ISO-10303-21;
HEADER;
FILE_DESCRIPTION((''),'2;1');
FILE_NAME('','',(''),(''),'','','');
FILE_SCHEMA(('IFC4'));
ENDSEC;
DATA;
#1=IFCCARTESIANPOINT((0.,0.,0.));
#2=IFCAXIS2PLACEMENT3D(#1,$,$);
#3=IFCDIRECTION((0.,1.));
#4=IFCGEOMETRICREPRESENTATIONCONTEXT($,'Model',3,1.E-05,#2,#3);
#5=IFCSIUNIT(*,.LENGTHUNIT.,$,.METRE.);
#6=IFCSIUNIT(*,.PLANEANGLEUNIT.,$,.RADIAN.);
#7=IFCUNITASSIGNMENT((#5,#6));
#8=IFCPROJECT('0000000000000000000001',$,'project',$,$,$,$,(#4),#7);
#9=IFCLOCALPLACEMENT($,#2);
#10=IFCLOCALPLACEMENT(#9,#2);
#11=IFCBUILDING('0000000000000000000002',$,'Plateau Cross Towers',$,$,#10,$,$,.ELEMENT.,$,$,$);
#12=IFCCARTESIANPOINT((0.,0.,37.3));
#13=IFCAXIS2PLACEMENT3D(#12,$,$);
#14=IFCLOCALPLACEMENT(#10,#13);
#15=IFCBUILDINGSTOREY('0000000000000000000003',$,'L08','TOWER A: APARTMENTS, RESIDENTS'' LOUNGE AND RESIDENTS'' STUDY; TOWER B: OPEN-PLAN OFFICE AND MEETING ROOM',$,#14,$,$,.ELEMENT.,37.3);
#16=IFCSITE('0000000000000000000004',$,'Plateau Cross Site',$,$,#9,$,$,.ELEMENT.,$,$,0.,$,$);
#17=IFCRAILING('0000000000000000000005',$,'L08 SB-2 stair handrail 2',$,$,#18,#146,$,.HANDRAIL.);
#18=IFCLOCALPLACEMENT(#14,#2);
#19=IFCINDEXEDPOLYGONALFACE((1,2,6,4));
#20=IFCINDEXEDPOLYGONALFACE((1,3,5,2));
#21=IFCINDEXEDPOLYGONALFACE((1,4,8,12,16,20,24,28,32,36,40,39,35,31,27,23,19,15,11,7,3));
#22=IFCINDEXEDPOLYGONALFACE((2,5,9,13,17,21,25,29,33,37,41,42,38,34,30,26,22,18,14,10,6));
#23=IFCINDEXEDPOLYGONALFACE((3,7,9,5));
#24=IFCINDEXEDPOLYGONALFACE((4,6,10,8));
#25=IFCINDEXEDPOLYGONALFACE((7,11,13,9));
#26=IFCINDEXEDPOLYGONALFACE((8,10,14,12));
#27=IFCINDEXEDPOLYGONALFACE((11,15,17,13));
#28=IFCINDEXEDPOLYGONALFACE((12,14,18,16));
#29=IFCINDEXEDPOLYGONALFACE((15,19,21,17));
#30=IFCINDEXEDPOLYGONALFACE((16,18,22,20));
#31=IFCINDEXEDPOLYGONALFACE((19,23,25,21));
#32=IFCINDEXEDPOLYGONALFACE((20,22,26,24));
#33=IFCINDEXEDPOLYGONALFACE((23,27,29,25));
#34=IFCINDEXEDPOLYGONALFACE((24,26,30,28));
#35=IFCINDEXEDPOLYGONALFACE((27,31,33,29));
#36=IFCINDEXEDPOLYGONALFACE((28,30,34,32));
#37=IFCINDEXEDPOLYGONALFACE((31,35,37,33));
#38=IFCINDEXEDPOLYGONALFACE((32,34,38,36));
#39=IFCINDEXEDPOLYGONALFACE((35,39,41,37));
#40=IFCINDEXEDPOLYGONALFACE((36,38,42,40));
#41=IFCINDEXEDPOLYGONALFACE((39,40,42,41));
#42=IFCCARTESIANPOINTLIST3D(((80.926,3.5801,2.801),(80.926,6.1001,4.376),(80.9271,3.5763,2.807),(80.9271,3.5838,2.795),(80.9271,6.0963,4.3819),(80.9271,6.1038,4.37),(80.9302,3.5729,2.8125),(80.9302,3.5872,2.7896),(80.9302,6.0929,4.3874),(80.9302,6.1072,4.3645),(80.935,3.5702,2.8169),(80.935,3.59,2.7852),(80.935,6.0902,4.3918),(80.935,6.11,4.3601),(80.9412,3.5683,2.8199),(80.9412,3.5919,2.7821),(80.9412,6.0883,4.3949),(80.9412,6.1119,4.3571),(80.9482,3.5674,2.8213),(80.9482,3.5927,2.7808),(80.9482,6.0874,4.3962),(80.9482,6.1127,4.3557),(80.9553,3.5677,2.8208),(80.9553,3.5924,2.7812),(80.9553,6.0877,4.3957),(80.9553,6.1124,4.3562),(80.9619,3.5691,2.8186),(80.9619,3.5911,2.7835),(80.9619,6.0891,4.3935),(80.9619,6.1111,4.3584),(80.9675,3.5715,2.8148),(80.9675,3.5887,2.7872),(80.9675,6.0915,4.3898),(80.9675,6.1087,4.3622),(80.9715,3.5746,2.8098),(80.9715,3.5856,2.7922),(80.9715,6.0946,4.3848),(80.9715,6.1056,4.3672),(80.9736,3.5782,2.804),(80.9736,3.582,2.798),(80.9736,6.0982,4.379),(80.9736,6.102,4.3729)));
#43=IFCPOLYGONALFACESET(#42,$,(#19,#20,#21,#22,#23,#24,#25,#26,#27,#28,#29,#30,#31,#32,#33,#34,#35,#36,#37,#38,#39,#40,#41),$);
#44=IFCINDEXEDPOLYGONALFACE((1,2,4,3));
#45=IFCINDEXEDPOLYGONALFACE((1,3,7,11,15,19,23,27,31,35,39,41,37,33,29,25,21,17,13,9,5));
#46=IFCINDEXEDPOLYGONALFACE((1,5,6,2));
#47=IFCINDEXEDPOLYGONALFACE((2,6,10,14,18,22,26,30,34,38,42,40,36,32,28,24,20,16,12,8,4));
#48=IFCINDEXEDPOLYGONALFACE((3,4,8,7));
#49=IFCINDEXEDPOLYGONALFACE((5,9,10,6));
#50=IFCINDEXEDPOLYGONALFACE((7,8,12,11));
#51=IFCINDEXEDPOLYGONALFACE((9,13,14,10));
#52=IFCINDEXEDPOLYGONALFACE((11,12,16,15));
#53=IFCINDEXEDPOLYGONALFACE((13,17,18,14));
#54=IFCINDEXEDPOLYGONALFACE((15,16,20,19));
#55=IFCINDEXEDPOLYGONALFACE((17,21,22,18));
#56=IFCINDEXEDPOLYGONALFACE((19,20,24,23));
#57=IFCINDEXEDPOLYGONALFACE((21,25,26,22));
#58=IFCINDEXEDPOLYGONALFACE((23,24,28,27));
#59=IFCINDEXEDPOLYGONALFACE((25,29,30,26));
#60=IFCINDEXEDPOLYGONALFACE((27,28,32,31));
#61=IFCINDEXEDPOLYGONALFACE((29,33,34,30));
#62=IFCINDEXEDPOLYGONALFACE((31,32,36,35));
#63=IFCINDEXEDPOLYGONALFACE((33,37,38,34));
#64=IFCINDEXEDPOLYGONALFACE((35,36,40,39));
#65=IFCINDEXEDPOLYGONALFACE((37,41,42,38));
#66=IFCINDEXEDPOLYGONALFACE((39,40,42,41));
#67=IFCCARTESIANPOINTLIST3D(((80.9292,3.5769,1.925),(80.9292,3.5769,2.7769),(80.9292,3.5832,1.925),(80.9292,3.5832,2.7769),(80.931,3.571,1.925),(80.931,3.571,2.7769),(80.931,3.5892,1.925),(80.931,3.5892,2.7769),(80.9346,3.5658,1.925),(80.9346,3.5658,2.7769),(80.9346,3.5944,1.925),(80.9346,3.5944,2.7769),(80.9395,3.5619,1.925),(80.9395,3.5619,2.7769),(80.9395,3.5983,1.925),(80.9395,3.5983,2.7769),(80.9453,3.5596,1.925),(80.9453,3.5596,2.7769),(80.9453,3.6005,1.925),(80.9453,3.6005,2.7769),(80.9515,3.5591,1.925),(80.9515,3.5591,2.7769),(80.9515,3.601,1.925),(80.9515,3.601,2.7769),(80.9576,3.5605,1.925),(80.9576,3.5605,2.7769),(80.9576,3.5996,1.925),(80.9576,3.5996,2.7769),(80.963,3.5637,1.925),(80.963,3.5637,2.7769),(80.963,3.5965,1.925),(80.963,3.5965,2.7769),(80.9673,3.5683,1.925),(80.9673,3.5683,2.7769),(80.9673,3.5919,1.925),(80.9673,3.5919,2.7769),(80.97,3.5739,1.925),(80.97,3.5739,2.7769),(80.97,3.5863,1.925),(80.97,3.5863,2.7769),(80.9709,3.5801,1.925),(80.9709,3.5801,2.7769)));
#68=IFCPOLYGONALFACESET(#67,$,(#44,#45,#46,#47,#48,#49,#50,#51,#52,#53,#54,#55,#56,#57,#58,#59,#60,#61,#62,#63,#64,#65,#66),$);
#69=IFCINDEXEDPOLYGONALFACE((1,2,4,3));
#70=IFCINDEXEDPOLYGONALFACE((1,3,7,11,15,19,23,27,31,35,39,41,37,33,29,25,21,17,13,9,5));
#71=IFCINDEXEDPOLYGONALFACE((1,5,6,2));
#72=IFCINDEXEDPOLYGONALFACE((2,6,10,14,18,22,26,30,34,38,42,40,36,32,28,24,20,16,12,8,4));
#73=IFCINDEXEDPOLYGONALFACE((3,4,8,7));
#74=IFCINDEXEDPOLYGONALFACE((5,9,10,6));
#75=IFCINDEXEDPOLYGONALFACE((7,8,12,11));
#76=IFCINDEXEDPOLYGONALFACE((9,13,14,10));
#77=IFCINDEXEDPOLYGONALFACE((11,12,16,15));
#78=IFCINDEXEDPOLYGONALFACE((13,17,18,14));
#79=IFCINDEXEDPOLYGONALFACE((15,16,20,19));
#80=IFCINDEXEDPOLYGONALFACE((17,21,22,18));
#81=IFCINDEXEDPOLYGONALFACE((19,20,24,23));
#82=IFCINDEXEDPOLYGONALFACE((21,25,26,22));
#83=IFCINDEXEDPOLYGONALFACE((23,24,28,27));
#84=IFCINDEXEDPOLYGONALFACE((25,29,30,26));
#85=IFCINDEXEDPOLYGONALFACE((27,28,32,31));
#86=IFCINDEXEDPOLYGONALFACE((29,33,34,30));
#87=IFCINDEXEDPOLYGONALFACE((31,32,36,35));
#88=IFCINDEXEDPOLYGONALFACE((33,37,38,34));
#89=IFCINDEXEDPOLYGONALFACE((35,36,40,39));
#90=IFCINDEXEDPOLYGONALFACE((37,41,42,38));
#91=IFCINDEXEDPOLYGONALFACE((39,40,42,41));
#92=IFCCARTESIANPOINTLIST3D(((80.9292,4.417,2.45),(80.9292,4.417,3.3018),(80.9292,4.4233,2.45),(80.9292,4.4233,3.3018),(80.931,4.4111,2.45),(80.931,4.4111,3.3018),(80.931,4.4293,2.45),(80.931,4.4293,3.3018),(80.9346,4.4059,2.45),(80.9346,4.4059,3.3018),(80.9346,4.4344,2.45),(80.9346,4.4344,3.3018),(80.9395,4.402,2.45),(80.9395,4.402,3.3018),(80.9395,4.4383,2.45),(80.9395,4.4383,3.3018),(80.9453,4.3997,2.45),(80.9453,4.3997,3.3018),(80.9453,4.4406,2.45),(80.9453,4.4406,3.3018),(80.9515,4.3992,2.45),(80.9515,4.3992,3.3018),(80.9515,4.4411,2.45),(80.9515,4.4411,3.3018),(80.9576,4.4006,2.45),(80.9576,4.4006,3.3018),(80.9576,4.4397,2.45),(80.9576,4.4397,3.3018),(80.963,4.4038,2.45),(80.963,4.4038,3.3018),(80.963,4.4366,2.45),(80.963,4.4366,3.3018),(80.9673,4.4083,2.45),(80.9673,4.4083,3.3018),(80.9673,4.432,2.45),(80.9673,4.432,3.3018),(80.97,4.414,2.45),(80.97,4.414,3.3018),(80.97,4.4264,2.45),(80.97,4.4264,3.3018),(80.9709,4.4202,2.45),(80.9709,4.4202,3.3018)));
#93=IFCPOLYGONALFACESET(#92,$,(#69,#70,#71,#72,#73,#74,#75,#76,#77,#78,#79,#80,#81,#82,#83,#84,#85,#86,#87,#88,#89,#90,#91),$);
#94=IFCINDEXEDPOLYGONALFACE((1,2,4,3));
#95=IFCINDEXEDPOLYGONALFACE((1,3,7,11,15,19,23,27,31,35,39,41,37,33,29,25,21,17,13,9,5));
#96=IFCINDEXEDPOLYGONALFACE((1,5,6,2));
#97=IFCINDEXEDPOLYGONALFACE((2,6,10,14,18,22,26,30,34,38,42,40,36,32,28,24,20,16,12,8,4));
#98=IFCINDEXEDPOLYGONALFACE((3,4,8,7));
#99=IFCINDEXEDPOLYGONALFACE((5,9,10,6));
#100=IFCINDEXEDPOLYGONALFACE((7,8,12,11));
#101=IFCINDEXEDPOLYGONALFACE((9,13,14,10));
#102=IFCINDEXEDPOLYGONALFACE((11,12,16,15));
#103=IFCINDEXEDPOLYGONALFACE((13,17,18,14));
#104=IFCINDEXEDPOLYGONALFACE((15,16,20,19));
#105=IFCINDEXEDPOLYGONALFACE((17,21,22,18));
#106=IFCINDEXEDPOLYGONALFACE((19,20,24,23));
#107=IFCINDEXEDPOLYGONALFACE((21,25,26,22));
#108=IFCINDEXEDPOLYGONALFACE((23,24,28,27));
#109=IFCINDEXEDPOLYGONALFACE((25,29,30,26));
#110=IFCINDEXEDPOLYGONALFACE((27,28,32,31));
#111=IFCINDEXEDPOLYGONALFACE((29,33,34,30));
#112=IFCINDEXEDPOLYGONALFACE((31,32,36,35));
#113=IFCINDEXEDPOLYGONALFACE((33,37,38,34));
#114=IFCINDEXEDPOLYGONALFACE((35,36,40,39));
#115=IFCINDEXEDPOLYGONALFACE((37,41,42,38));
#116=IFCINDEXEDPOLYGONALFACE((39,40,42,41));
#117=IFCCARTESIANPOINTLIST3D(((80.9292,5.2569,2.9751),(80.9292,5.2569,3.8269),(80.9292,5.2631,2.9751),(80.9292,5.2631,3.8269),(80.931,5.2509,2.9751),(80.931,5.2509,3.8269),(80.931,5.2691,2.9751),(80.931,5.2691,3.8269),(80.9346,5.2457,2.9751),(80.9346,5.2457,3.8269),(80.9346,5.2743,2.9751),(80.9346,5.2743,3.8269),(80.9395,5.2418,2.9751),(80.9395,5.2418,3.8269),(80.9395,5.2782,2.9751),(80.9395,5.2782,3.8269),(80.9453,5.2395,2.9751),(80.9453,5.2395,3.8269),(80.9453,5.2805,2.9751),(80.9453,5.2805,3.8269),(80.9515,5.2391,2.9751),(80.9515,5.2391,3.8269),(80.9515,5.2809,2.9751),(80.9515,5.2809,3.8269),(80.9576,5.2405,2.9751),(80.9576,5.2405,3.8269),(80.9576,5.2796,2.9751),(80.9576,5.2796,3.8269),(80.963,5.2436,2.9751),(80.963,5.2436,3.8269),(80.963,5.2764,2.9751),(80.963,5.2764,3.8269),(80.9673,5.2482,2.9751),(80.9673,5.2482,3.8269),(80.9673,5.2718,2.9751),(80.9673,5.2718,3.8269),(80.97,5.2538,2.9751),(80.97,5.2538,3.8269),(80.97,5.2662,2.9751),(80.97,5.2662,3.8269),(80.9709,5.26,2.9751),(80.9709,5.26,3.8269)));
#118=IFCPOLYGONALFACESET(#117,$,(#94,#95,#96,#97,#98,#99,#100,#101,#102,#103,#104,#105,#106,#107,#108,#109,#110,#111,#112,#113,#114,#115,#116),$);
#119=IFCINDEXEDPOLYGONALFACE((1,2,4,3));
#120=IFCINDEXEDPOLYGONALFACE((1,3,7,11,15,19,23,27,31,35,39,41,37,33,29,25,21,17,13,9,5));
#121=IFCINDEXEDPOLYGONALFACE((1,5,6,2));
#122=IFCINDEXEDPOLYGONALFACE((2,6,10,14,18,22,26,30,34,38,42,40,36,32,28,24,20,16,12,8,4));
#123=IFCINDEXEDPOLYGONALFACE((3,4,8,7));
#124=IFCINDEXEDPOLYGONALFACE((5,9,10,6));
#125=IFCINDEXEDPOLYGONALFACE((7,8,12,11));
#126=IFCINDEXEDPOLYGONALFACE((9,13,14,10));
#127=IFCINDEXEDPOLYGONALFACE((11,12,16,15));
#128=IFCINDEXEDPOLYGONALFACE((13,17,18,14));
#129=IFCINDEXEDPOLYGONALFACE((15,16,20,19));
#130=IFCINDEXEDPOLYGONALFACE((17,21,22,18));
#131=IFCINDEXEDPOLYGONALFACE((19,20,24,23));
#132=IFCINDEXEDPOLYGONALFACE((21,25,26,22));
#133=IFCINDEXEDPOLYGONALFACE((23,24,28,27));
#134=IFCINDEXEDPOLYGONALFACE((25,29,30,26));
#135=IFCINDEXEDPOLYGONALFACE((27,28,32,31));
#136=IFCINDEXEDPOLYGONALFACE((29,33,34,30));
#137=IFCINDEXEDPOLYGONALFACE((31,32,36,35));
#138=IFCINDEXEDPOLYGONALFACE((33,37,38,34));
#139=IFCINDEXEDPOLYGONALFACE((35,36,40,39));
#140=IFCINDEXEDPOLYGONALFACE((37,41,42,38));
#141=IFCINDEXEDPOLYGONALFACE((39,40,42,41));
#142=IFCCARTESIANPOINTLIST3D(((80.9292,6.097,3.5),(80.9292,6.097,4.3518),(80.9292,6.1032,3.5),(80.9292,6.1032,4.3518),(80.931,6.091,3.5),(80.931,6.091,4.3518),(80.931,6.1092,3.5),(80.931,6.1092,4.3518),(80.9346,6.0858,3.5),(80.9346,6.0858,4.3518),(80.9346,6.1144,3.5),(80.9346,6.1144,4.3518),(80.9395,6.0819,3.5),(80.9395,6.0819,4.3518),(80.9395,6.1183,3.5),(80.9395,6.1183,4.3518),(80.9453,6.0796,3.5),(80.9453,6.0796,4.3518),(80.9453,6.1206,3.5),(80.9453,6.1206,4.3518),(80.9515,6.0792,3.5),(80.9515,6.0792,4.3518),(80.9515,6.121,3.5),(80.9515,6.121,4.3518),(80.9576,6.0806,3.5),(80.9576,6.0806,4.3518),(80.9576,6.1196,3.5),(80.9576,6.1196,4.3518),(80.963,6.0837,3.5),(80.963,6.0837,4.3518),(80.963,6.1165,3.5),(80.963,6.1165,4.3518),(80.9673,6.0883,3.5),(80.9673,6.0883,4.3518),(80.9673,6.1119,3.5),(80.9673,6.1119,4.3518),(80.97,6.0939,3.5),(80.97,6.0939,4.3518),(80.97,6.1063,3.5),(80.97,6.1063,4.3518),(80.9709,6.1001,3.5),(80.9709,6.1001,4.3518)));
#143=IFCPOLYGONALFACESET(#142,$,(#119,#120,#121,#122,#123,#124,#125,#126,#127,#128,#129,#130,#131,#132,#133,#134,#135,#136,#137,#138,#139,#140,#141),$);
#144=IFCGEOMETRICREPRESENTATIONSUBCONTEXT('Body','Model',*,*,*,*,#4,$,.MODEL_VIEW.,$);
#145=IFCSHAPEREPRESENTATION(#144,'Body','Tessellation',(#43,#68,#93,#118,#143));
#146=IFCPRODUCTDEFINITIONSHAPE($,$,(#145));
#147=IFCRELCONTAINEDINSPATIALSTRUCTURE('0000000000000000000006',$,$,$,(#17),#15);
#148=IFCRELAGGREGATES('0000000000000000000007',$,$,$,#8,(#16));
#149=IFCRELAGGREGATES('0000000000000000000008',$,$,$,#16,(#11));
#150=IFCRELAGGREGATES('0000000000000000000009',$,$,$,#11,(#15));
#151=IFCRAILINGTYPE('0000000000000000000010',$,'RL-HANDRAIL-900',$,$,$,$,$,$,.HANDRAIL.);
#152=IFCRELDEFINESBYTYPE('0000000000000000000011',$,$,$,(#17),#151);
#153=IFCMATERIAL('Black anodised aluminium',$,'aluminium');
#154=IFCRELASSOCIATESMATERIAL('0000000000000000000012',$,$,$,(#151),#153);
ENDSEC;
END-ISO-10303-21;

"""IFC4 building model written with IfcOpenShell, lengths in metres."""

from ifc_helpers import new_model, si_unit, direction, frame, origin, origin_2d, place, context, subcontext, project, spatial, circle, extrude, material, type_object, element, save


model = new_model("IFC4")

# Units and contexts
model_context = context("Model", 3, precision=1e-05, world=origin(), true_north=direction((0.0, 1.0)))
body_context = subcontext(model_context, "Body", "Model", "MODEL_VIEW")
ifc_project = project(units=[si_unit("LENGTHUNIT", "METRE"), si_unit("PLANEANGLEUNIT", "RADIAN")], contexts=[model_context])

# Site, building, storey
site_placement = place(None, origin())
site = spatial("IfcSite", under=ifc_project, at=site_placement, Name="Plateau Cross Site", CompositionType="ELEMENT", RefElevation=0.0)
building_placement = place(site_placement, origin())
building = spatial("IfcBuilding", under=site, at=building_placement, Name="Plateau Cross Towers", CompositionType="ELEMENT")
storey_placement = place(building_placement, frame((0.0, 0.0, 37.3)))
storey = spatial("IfcBuildingStorey", under=building, at=storey_placement, Name="L08", Description="TOWER A: APARTMENTS, RESIDENTS' LOUNGE AND RESIDENTS' STUDY; TOWER B: OPEN-PLAN OFFICE AND MEETING ROOM", CompositionType="ELEMENT", Elevation=37.3)

# Shared definitions
ifc_material_1 = material(Name="Black anodised aluminium", Category="aluminium")

# Railing
railing_type_1 = type_object("IfcRailingType", Name="RL-HANDRAIL-900", PredefinedType="HANDRAIL", material=ifc_material_1)
railing_1_placement = place(storey_placement, frame((80.95, 3.5801, 1.925)))
element("IfcRailing", 1, at=railing_1_placement, inside=storey, type_object=railing_type_1, Name="L08 SB-2 stair handrail 2", PredefinedType="HANDRAIL", context=body_context, shape_type="SweptSolid", body=[
    extrude(circle(Radius=0.0239, at=origin_2d()), frame((0.0, 0.0, 0.876), z_axis=(0.0, 0.848008, 0.529984), x_axis=(-1.0, 0.0, 0.0)), (0.0, 0.0, 1.0), 2.9717),
    extrude(circle(Radius=0.021, at=origin_2d()), origin(), (0.0, 0.0, 1.0), 0.8518),
    extrude(circle(Radius=0.021, at=origin_2d()), frame((0.0, 0.8401, 0.5249)), (0.0, 0.0, 1.0), 0.8518),
    extrude(circle(Radius=0.021, at=origin_2d()), frame((0.0, 1.6799, 1.05)), (0.0, 0.0, 1.0), 0.8518),
    extrude(circle(Radius=0.021, at=origin_2d()), frame((0.0, 2.52, 1.575)), (0.0, 0.0, 1.0), 0.8518),
])

save(model, "model.ifc")
